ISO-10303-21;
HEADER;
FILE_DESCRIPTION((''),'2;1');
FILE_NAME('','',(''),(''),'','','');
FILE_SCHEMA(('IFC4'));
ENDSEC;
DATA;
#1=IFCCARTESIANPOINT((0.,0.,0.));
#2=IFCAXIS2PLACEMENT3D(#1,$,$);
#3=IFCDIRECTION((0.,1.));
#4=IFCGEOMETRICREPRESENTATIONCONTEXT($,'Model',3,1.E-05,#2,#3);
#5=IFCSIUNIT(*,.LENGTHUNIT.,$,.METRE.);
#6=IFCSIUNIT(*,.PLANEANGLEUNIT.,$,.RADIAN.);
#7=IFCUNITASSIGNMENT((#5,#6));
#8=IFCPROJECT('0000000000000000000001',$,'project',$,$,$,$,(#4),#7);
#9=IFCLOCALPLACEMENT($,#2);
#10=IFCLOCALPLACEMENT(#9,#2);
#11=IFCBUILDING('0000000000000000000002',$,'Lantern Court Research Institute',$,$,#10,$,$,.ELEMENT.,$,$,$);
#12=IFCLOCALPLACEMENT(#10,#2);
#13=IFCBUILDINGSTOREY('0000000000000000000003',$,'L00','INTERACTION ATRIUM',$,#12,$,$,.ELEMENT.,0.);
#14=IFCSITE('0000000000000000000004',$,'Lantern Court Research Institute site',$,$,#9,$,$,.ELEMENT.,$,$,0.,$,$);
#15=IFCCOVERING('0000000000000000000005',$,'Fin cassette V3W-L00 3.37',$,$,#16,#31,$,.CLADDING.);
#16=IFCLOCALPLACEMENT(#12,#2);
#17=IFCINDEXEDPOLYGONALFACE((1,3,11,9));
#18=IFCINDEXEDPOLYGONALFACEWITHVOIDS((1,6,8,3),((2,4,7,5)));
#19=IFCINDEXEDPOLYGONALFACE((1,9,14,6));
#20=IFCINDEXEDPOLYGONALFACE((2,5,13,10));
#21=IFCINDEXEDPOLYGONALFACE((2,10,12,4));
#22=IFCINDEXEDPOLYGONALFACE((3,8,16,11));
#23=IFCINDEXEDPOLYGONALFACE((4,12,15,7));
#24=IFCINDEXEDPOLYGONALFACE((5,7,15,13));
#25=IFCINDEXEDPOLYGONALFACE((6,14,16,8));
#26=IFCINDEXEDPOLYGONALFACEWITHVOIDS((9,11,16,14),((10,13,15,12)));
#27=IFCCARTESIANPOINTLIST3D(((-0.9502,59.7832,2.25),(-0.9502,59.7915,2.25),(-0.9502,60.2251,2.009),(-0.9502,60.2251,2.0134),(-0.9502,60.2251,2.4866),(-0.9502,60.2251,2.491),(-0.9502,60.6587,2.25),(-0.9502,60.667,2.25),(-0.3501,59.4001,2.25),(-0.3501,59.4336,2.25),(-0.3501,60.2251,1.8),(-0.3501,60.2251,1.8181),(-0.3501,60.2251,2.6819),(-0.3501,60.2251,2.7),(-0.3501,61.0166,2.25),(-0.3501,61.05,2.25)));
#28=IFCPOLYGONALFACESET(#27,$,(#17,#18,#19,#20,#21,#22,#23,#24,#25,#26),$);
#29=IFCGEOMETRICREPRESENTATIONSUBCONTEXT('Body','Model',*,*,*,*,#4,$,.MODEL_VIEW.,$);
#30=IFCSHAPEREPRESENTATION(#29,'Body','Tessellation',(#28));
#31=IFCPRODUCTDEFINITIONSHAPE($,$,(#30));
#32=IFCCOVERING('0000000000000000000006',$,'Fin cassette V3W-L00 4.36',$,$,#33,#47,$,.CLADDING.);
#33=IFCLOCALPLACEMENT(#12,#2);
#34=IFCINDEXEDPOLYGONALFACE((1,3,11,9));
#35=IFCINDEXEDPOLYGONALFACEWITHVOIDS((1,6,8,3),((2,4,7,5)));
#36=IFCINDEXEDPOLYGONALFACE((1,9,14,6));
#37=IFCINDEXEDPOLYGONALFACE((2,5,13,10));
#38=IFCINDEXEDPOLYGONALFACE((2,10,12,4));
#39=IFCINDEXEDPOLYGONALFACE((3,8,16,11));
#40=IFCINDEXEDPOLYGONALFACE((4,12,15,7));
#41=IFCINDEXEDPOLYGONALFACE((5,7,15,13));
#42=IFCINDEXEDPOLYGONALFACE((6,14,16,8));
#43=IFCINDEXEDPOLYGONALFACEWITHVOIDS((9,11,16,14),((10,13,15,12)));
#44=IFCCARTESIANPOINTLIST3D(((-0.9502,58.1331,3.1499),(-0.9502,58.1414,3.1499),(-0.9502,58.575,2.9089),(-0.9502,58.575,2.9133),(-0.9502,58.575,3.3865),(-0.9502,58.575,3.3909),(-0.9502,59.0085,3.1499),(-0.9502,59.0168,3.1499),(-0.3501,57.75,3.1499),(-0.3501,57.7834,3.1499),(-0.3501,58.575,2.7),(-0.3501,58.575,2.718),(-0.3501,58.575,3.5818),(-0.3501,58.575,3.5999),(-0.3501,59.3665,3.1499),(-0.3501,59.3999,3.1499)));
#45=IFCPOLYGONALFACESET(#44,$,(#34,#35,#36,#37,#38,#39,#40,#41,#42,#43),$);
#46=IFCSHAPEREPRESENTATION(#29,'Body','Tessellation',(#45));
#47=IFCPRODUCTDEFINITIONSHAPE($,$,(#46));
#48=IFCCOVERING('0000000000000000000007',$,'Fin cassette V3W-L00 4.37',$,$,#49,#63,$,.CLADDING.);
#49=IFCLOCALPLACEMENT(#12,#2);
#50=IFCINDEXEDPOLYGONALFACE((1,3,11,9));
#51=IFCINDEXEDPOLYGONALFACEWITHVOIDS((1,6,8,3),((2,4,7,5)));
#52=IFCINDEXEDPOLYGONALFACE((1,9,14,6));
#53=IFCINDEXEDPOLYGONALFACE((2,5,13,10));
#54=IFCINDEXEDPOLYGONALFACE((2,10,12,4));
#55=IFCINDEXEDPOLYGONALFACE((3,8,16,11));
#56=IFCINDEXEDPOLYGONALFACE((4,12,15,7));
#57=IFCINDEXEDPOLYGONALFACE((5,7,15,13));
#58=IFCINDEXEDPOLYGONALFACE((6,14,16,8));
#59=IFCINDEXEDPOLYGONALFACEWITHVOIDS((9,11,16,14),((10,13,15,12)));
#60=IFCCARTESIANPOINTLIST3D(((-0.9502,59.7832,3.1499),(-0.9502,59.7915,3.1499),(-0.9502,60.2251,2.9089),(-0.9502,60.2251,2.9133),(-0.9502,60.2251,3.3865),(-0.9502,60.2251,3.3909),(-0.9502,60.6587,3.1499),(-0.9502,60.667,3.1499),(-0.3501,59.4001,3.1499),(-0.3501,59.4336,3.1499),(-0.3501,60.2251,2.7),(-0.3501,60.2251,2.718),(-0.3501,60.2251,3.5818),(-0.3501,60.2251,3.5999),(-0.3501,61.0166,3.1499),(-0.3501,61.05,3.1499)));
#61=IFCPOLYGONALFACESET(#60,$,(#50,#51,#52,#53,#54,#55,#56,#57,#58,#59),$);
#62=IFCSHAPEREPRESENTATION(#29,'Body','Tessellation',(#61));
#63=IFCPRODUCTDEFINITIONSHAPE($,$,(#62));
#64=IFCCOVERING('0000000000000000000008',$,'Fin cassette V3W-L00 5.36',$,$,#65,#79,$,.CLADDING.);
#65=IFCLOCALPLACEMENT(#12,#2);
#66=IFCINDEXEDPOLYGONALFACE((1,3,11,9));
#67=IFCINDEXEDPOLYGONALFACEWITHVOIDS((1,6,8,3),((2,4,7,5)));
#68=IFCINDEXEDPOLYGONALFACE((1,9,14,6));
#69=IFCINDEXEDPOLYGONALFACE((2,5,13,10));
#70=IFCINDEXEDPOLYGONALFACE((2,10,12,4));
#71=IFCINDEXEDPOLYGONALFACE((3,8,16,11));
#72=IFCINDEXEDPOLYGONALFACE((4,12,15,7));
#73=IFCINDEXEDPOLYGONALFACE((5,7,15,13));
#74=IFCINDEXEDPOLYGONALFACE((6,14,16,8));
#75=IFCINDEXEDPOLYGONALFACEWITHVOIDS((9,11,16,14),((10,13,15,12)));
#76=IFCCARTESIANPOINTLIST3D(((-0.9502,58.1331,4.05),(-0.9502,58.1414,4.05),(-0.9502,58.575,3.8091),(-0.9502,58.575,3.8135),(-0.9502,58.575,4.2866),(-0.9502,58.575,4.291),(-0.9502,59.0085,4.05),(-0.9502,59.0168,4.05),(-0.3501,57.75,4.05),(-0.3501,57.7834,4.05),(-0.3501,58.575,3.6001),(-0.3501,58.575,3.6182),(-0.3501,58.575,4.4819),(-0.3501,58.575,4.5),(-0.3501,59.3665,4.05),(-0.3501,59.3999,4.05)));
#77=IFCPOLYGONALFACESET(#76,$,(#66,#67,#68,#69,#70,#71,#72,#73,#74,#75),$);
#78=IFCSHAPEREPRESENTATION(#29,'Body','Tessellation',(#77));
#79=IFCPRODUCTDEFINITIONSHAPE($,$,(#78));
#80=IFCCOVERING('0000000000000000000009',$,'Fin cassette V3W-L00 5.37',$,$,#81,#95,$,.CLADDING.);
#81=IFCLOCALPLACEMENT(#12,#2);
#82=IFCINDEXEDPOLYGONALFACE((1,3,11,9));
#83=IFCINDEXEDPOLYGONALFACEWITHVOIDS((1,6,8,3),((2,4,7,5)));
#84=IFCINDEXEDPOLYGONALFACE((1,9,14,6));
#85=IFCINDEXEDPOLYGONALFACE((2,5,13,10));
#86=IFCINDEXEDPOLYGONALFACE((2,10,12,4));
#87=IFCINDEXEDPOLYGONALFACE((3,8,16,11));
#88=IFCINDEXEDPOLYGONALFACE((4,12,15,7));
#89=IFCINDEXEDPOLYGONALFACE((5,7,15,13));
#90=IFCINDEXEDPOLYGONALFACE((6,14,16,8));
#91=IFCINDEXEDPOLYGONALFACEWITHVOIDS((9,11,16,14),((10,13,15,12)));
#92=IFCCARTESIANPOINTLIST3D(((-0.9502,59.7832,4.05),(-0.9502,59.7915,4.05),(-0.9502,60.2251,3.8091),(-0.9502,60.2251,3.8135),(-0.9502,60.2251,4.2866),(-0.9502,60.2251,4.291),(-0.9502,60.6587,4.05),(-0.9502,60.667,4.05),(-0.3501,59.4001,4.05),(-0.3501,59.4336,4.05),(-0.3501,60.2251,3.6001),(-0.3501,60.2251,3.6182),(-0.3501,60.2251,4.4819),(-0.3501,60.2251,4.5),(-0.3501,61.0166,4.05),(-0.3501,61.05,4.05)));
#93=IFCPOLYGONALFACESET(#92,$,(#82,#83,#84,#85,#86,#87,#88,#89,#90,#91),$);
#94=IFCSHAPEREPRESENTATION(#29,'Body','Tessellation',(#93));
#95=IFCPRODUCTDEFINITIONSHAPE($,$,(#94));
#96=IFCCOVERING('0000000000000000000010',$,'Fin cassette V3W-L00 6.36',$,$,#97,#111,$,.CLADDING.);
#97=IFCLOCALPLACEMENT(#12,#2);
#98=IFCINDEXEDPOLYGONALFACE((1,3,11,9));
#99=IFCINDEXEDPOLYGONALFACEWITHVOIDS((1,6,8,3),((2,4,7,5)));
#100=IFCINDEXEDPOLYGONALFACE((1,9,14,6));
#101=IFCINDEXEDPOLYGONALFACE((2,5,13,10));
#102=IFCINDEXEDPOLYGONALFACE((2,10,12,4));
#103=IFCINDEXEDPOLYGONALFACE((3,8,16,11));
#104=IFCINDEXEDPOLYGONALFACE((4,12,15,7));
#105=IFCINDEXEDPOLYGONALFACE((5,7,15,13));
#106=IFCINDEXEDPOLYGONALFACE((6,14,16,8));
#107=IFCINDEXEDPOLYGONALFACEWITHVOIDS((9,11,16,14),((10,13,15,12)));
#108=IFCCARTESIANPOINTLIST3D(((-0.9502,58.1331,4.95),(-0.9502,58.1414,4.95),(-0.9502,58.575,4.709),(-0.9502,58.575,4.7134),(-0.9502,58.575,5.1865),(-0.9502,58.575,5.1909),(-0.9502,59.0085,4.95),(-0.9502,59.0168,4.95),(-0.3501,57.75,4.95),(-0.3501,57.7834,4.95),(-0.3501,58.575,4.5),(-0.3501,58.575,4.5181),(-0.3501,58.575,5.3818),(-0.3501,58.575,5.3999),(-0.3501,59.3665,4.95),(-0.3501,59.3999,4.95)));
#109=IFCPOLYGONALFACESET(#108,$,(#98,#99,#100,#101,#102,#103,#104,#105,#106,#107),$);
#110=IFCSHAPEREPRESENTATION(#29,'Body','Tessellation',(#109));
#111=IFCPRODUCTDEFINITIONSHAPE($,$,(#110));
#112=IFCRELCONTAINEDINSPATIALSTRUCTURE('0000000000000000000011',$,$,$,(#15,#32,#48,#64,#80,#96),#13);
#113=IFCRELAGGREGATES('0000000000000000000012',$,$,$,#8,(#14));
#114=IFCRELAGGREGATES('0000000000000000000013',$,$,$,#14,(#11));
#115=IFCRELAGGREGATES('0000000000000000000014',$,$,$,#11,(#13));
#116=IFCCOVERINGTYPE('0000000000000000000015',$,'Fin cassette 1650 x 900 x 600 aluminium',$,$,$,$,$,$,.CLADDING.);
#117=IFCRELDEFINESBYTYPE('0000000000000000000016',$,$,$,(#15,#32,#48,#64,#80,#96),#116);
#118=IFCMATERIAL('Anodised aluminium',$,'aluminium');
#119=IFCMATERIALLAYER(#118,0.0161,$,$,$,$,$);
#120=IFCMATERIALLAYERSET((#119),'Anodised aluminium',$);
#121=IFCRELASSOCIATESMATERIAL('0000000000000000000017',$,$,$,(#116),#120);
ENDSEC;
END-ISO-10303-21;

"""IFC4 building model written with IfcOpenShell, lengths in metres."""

from ifc_helpers import new_model, entity, si_unit, direction, frame, origin, place, context, subcontext, project, spatial, material, layer, layer_set, type_object, element, save


model = new_model("IFC4")

# Units and contexts
model_context = context("Model", 3, precision=1e-05, world=origin(), true_north=direction((0.0, 1.0)))
body_context = subcontext(model_context, "Body", "Model", "MODEL_VIEW")
ifc_project = project(units=[si_unit("LENGTHUNIT", "METRE"), si_unit("PLANEANGLEUNIT", "RADIAN")], contexts=[model_context])

# Site, building, storey
site_placement = place(None, origin())
site = spatial("IfcSite", under=ifc_project, at=site_placement, Name="Lantern Court Research Institute site", CompositionType="ELEMENT", RefElevation=0.0)
building_placement = place(site_placement, origin())
building = spatial("IfcBuilding", under=site, at=building_placement, Name="Lantern Court Research Institute", CompositionType="ELEMENT")
storey_placement = place(building_placement, origin())
storey = spatial("IfcBuildingStorey", under=building, at=storey_placement, Name="L00", Description="INTERACTION ATRIUM", CompositionType="ELEMENT", Elevation=0.0)

# Coverings
ifc_material_1 = material(Name="Anodised aluminium", Category="aluminium")
ifc_layer_1 = layer(ifc_material_1, 0.0161)
ifc_layer_set_1 = layer_set([ifc_layer_1], Name="Anodised aluminium")
covering_type_1 = type_object("IfcCoveringType", Name="Fin cassette 1650 x 900 x 600 aluminium", PredefinedType="CLADDING", material=ifc_layer_set_1)
covering_1_placement = place(storey_placement, frame((-0.3501, 60.2251, 2.25), z_axis=(-1.0, 0.0, 0.0), x_axis=(0.0, -1.0, 0.0)))
cartesian_point_1 = entity("IfcCartesianPoint", [0.825, 0.0])
cartesian_point_2 = entity("IfcCartesianPoint", [0.7915, 0.0])
cartesian_point_3 = entity("IfcCartesianPoint", [0.4419, 0.0])
cartesian_point_4 = entity("IfcCartesianPoint", [0.4336, 0.0])
element("IfcCovering", 1, at=covering_1_placement, inside=storey, type_object=covering_type_1, Name="Fin cassette V3W-L00 3.37", PredefinedType="CLADDING", context=body_context, shape_type="SweptSolid", body=[
    entity("IfcExtrudedAreaSolidTapered", entity("IfcArbitraryProfileDefWithVoids", "AREA", None, entity("IfcPolyline", [cartesian_point_1, entity("IfcCartesianPoint", [0.0, 0.45]), entity("IfcCartesianPoint", [-0.825, 0.0]), entity("IfcCartesianPoint", [0.0, -0.45]), cartesian_point_1]), [entity("IfcPolyline", [cartesian_point_2, entity("IfcCartesianPoint", [0.0, 0.4319]), entity("IfcCartesianPoint", [-0.7915, 0.0]), entity("IfcCartesianPoint", [0.0, -0.4319]), cartesian_point_2])]), entity("IfcAxis2Placement3D", entity("IfcCartesianPoint", [0.0, 0.0, 0.0])), entity("IfcDirection", [0.0, 0.0, 1.0]), 0.6001, entity("IfcArbitraryProfileDefWithVoids", "AREA", None, entity("IfcPolyline", [cartesian_point_3, entity("IfcCartesianPoint", [0.0, 0.241]), entity("IfcCartesianPoint", [-0.4419, 0.0]), entity("IfcCartesianPoint", [0.0, -0.241]), cartesian_point_3]), [entity("IfcPolyline", [cartesian_point_4, entity("IfcCartesianPoint", [0.0, 0.2366]), entity("IfcCartesianPoint", [-0.4336, 0.0]), entity("IfcCartesianPoint", [0.0, -0.2366]), cartesian_point_4])])),
])
covering_2_placement = place(storey_placement, frame((-0.3501, 58.575, 3.1499), z_axis=(-1.0, 0.0, 0.0), x_axis=(0.0, -1.0, 0.0)))
cartesian_point_5 = entity("IfcCartesianPoint", [0.825, 0.0])
cartesian_point_6 = entity("IfcCartesianPoint", [0.7915, 0.0])
cartesian_point_7 = entity("IfcCartesianPoint", [0.4419, 0.0])
cartesian_point_8 = entity("IfcCartesianPoint", [0.4336, 0.0])
element("IfcCovering", 2, at=covering_2_placement, inside=storey, type_object=covering_type_1, Name="Fin cassette V3W-L00 4.36", PredefinedType="CLADDING", context=body_context, shape_type="SweptSolid", body=[
    entity("IfcExtrudedAreaSolidTapered", entity("IfcArbitraryProfileDefWithVoids", "AREA", None, entity("IfcPolyline", [cartesian_point_5, entity("IfcCartesianPoint", [0.0, 0.45]), entity("IfcCartesianPoint", [-0.825, 0.0]), entity("IfcCartesianPoint", [0.0, -0.45]), cartesian_point_5]), [entity("IfcPolyline", [cartesian_point_6, entity("IfcCartesianPoint", [0.0, 0.4319]), entity("IfcCartesianPoint", [-0.7915, 0.0]), entity("IfcCartesianPoint", [0.0, -0.4319]), cartesian_point_6])]), entity("IfcAxis2Placement3D", entity("IfcCartesianPoint", [0.0, 0.0, 0.0])), entity("IfcDirection", [0.0, 0.0, 1.0]), 0.6001, entity("IfcArbitraryProfileDefWithVoids", "AREA", None, entity("IfcPolyline", [cartesian_point_7, entity("IfcCartesianPoint", [0.0, 0.241]), entity("IfcCartesianPoint", [-0.4419, 0.0]), entity("IfcCartesianPoint", [0.0, -0.241]), cartesian_point_7]), [entity("IfcPolyline", [cartesian_point_8, entity("IfcCartesianPoint", [0.0, 0.2366]), entity("IfcCartesianPoint", [-0.4336, 0.0]), entity("IfcCartesianPoint", [0.0, -0.2366]), cartesian_point_8])])),
])
covering_3_placement = place(storey_placement, frame((-0.3501, 60.2251, 3.1499), z_axis=(-1.0, 0.0, 0.0), x_axis=(0.0, -1.0, 0.0)))
cartesian_point_9 = entity("IfcCartesianPoint", [0.825, 0.0])
cartesian_point_10 = entity("IfcCartesianPoint", [0.7915, 0.0])
cartesian_point_11 = entity("IfcCartesianPoint", [0.4419, 0.0])
cartesian_point_12 = entity("IfcCartesianPoint", [0.4336, 0.0])
element("IfcCovering", 3, at=covering_3_placement, inside=storey, type_object=covering_type_1, Name="Fin cassette V3W-L00 4.37", PredefinedType="CLADDING", context=body_context, shape_type="SweptSolid", body=[
    entity("IfcExtrudedAreaSolidTapered", entity("IfcArbitraryProfileDefWithVoids", "AREA", None, entity("IfcPolyline", [cartesian_point_9, entity("IfcCartesianPoint", [0.0, 0.45]), entity("IfcCartesianPoint", [-0.825, 0.0]), entity("IfcCartesianPoint", [0.0, -0.45]), cartesian_point_9]), [entity("IfcPolyline", [cartesian_point_10, entity("IfcCartesianPoint", [0.0, 0.4319]), entity("IfcCartesianPoint", [-0.7915, 0.0]), entity("IfcCartesianPoint", [0.0, -0.4319]), cartesian_point_10])]), entity("IfcAxis2Placement3D", entity("IfcCartesianPoint", [0.0, 0.0, 0.0])), entity("IfcDirection", [0.0, 0.0, 1.0]), 0.6001, entity("IfcArbitraryProfileDefWithVoids", "AREA", None, entity("IfcPolyline", [cartesian_point_11, entity("IfcCartesianPoint", [0.0, 0.241]), entity("IfcCartesianPoint", [-0.4419, 0.0]), entity("IfcCartesianPoint", [0.0, -0.241]), cartesian_point_11]), [entity("IfcPolyline", [cartesian_point_12, entity("IfcCartesianPoint", [0.0, 0.2366]), entity("IfcCartesianPoint", [-0.4336, 0.0]), entity("IfcCartesianPoint", [0.0, -0.2366]), cartesian_point_12])])),
])
covering_4_placement = place(storey_placement, frame((-0.3501, 58.575, 4.05), z_axis=(-1.0, 0.0, 0.0), x_axis=(0.0, -1.0, 0.0)))
cartesian_point_13 = entity("IfcCartesianPoint", [0.825, 0.0])
cartesian_point_14 = entity("IfcCartesianPoint", [0.7915, 0.0])
cartesian_point_15 = entity("IfcCartesianPoint", [0.4419, 0.0])
cartesian_point_16 = entity("IfcCartesianPoint", [0.4336, 0.0])
element("IfcCovering", 4, at=covering_4_placement, inside=storey, type_object=covering_type_1, Name="Fin cassette V3W-L00 5.36", PredefinedType="CLADDING", context=body_context, shape_type="SweptSolid", body=[
    entity("IfcExtrudedAreaSolidTapered", entity("IfcArbitraryProfileDefWithVoids", "AREA", None, entity("IfcPolyline", [cartesian_point_13, entity("IfcCartesianPoint", [0.0, 0.45]), entity("IfcCartesianPoint", [-0.825, 0.0]), entity("IfcCartesianPoint", [0.0, -0.45]), cartesian_point_13]), [entity("IfcPolyline", [cartesian_point_14, entity("IfcCartesianPoint", [0.0, 0.4319]), entity("IfcCartesianPoint", [-0.7915, 0.0]), entity("IfcCartesianPoint", [0.0, -0.4319]), cartesian_point_14])]), entity("IfcAxis2Placement3D", entity("IfcCartesianPoint", [0.0, 0.0, 0.0])), entity("IfcDirection", [0.0, 0.0, 1.0]), 0.6001, entity("IfcArbitraryProfileDefWithVoids", "AREA", None, entity("IfcPolyline", [cartesian_point_15, entity("IfcCartesianPoint", [0.0, 0.241]), entity("IfcCartesianPoint", [-0.4419, 0.0]), entity("IfcCartesianPoint", [0.0, -0.241]), cartesian_point_15]), [entity("IfcPolyline", [cartesian_point_16, entity("IfcCartesianPoint", [0.0, 0.2366]), entity("IfcCartesianPoint", [-0.4336, 0.0]), entity("IfcCartesianPoint", [0.0, -0.2366]), cartesian_point_16])])),
])
covering_5_placement = place(storey_placement, frame((-0.3501, 60.2251, 4.05), z_axis=(-1.0, 0.0, 0.0), x_axis=(0.0, -1.0, 0.0)))
cartesian_point_17 = entity("IfcCartesianPoint", [0.825, 0.0])
cartesian_point_18 = entity("IfcCartesianPoint", [0.7915, 0.0])
cartesian_point_19 = entity("IfcCartesianPoint", [0.4419, 0.0])
cartesian_point_20 = entity("IfcCartesianPoint", [0.4336, 0.0])
element("IfcCovering", 5, at=covering_5_placement, inside=storey, type_object=covering_type_1, Name="Fin cassette V3W-L00 5.37", PredefinedType="CLADDING", context=body_context, shape_type="SweptSolid", body=[
    entity("IfcExtrudedAreaSolidTapered", entity("IfcArbitraryProfileDefWithVoids", "AREA", None, entity("IfcPolyline", [cartesian_point_17, entity("IfcCartesianPoint", [0.0, 0.45]), entity("IfcCartesianPoint", [-0.825, 0.0]), entity("IfcCartesianPoint", [0.0, -0.45]), cartesian_point_17]), [entity("IfcPolyline", [cartesian_point_18, entity("IfcCartesianPoint", [0.0, 0.4319]), entity("IfcCartesianPoint", [-0.7915, 0.0]), entity("IfcCartesianPoint", [0.0, -0.4319]), cartesian_point_18])]), entity("IfcAxis2Placement3D", entity("IfcCartesianPoint", [0.0, 0.0, 0.0])), entity("IfcDirection", [0.0, 0.0, 1.0]), 0.6001, entity("IfcArbitraryProfileDefWithVoids", "AREA", None, entity("IfcPolyline", [cartesian_point_19, entity("IfcCartesianPoint", [0.0, 0.241]), entity("IfcCartesianPoint", [-0.4419, 0.0]), entity("IfcCartesianPoint", [0.0, -0.241]), cartesian_point_19]), [entity("IfcPolyline", [cartesian_point_20, entity("IfcCartesianPoint", [0.0, 0.2366]), entity("IfcCartesianPoint", [-0.4336, 0.0]), entity("IfcCartesianPoint", [0.0, -0.2366]), cartesian_point_20])])),
])
covering_6_placement = place(storey_placement, frame((-0.3501, 58.575, 4.95), z_axis=(-1.0, 0.0, 0.0), x_axis=(0.0, -1.0, 0.0)))
cartesian_point_21 = entity("IfcCartesianPoint", [0.825, 0.0])
cartesian_point_22 = entity("IfcCartesianPoint", [0.7915, 0.0])
cartesian_point_23 = entity("IfcCartesianPoint", [0.4419, 0.0])
cartesian_point_24 = entity("IfcCartesianPoint", [0.4336, 0.0])
element("IfcCovering", 6, at=covering_6_placement, inside=storey, type_object=covering_type_1, Name="Fin cassette V3W-L00 6.36", PredefinedType="CLADDING", context=body_context, shape_type="SweptSolid", body=[
    entity("IfcExtrudedAreaSolidTapered", entity("IfcArbitraryProfileDefWithVoids", "AREA", None, entity("IfcPolyline", [cartesian_point_21, entity("IfcCartesianPoint", [0.0, 0.45]), entity("IfcCartesianPoint", [-0.825, 0.0]), entity("IfcCartesianPoint", [0.0, -0.45]), cartesian_point_21]), [entity("IfcPolyline", [cartesian_point_22, entity("IfcCartesianPoint", [0.0, 0.4319]), entity("IfcCartesianPoint", [-0.7915, 0.0]), entity("IfcCartesianPoint", [0.0, -0.4319]), cartesian_point_22])]), entity("IfcAxis2Placement3D", entity("IfcCartesianPoint", [0.0, 0.0, 0.0])), entity("IfcDirection", [0.0, 0.0, 1.0]), 0.6001, entity("IfcArbitraryProfileDefWithVoids", "AREA", None, entity("IfcPolyline", [cartesian_point_23, entity("IfcCartesianPoint", [0.0, 0.241]), entity("IfcCartesianPoint", [-0.4419, 0.0]), entity("IfcCartesianPoint", [0.0, -0.241]), cartesian_point_23]), [entity("IfcPolyline", [cartesian_point_24, entity("IfcCartesianPoint", [0.0, 0.2366]), entity("IfcCartesianPoint", [-0.4336, 0.0]), entity("IfcCartesianPoint", [0.0, -0.2366]), cartesian_point_24])])),
])

save(model, "model.ifc")
